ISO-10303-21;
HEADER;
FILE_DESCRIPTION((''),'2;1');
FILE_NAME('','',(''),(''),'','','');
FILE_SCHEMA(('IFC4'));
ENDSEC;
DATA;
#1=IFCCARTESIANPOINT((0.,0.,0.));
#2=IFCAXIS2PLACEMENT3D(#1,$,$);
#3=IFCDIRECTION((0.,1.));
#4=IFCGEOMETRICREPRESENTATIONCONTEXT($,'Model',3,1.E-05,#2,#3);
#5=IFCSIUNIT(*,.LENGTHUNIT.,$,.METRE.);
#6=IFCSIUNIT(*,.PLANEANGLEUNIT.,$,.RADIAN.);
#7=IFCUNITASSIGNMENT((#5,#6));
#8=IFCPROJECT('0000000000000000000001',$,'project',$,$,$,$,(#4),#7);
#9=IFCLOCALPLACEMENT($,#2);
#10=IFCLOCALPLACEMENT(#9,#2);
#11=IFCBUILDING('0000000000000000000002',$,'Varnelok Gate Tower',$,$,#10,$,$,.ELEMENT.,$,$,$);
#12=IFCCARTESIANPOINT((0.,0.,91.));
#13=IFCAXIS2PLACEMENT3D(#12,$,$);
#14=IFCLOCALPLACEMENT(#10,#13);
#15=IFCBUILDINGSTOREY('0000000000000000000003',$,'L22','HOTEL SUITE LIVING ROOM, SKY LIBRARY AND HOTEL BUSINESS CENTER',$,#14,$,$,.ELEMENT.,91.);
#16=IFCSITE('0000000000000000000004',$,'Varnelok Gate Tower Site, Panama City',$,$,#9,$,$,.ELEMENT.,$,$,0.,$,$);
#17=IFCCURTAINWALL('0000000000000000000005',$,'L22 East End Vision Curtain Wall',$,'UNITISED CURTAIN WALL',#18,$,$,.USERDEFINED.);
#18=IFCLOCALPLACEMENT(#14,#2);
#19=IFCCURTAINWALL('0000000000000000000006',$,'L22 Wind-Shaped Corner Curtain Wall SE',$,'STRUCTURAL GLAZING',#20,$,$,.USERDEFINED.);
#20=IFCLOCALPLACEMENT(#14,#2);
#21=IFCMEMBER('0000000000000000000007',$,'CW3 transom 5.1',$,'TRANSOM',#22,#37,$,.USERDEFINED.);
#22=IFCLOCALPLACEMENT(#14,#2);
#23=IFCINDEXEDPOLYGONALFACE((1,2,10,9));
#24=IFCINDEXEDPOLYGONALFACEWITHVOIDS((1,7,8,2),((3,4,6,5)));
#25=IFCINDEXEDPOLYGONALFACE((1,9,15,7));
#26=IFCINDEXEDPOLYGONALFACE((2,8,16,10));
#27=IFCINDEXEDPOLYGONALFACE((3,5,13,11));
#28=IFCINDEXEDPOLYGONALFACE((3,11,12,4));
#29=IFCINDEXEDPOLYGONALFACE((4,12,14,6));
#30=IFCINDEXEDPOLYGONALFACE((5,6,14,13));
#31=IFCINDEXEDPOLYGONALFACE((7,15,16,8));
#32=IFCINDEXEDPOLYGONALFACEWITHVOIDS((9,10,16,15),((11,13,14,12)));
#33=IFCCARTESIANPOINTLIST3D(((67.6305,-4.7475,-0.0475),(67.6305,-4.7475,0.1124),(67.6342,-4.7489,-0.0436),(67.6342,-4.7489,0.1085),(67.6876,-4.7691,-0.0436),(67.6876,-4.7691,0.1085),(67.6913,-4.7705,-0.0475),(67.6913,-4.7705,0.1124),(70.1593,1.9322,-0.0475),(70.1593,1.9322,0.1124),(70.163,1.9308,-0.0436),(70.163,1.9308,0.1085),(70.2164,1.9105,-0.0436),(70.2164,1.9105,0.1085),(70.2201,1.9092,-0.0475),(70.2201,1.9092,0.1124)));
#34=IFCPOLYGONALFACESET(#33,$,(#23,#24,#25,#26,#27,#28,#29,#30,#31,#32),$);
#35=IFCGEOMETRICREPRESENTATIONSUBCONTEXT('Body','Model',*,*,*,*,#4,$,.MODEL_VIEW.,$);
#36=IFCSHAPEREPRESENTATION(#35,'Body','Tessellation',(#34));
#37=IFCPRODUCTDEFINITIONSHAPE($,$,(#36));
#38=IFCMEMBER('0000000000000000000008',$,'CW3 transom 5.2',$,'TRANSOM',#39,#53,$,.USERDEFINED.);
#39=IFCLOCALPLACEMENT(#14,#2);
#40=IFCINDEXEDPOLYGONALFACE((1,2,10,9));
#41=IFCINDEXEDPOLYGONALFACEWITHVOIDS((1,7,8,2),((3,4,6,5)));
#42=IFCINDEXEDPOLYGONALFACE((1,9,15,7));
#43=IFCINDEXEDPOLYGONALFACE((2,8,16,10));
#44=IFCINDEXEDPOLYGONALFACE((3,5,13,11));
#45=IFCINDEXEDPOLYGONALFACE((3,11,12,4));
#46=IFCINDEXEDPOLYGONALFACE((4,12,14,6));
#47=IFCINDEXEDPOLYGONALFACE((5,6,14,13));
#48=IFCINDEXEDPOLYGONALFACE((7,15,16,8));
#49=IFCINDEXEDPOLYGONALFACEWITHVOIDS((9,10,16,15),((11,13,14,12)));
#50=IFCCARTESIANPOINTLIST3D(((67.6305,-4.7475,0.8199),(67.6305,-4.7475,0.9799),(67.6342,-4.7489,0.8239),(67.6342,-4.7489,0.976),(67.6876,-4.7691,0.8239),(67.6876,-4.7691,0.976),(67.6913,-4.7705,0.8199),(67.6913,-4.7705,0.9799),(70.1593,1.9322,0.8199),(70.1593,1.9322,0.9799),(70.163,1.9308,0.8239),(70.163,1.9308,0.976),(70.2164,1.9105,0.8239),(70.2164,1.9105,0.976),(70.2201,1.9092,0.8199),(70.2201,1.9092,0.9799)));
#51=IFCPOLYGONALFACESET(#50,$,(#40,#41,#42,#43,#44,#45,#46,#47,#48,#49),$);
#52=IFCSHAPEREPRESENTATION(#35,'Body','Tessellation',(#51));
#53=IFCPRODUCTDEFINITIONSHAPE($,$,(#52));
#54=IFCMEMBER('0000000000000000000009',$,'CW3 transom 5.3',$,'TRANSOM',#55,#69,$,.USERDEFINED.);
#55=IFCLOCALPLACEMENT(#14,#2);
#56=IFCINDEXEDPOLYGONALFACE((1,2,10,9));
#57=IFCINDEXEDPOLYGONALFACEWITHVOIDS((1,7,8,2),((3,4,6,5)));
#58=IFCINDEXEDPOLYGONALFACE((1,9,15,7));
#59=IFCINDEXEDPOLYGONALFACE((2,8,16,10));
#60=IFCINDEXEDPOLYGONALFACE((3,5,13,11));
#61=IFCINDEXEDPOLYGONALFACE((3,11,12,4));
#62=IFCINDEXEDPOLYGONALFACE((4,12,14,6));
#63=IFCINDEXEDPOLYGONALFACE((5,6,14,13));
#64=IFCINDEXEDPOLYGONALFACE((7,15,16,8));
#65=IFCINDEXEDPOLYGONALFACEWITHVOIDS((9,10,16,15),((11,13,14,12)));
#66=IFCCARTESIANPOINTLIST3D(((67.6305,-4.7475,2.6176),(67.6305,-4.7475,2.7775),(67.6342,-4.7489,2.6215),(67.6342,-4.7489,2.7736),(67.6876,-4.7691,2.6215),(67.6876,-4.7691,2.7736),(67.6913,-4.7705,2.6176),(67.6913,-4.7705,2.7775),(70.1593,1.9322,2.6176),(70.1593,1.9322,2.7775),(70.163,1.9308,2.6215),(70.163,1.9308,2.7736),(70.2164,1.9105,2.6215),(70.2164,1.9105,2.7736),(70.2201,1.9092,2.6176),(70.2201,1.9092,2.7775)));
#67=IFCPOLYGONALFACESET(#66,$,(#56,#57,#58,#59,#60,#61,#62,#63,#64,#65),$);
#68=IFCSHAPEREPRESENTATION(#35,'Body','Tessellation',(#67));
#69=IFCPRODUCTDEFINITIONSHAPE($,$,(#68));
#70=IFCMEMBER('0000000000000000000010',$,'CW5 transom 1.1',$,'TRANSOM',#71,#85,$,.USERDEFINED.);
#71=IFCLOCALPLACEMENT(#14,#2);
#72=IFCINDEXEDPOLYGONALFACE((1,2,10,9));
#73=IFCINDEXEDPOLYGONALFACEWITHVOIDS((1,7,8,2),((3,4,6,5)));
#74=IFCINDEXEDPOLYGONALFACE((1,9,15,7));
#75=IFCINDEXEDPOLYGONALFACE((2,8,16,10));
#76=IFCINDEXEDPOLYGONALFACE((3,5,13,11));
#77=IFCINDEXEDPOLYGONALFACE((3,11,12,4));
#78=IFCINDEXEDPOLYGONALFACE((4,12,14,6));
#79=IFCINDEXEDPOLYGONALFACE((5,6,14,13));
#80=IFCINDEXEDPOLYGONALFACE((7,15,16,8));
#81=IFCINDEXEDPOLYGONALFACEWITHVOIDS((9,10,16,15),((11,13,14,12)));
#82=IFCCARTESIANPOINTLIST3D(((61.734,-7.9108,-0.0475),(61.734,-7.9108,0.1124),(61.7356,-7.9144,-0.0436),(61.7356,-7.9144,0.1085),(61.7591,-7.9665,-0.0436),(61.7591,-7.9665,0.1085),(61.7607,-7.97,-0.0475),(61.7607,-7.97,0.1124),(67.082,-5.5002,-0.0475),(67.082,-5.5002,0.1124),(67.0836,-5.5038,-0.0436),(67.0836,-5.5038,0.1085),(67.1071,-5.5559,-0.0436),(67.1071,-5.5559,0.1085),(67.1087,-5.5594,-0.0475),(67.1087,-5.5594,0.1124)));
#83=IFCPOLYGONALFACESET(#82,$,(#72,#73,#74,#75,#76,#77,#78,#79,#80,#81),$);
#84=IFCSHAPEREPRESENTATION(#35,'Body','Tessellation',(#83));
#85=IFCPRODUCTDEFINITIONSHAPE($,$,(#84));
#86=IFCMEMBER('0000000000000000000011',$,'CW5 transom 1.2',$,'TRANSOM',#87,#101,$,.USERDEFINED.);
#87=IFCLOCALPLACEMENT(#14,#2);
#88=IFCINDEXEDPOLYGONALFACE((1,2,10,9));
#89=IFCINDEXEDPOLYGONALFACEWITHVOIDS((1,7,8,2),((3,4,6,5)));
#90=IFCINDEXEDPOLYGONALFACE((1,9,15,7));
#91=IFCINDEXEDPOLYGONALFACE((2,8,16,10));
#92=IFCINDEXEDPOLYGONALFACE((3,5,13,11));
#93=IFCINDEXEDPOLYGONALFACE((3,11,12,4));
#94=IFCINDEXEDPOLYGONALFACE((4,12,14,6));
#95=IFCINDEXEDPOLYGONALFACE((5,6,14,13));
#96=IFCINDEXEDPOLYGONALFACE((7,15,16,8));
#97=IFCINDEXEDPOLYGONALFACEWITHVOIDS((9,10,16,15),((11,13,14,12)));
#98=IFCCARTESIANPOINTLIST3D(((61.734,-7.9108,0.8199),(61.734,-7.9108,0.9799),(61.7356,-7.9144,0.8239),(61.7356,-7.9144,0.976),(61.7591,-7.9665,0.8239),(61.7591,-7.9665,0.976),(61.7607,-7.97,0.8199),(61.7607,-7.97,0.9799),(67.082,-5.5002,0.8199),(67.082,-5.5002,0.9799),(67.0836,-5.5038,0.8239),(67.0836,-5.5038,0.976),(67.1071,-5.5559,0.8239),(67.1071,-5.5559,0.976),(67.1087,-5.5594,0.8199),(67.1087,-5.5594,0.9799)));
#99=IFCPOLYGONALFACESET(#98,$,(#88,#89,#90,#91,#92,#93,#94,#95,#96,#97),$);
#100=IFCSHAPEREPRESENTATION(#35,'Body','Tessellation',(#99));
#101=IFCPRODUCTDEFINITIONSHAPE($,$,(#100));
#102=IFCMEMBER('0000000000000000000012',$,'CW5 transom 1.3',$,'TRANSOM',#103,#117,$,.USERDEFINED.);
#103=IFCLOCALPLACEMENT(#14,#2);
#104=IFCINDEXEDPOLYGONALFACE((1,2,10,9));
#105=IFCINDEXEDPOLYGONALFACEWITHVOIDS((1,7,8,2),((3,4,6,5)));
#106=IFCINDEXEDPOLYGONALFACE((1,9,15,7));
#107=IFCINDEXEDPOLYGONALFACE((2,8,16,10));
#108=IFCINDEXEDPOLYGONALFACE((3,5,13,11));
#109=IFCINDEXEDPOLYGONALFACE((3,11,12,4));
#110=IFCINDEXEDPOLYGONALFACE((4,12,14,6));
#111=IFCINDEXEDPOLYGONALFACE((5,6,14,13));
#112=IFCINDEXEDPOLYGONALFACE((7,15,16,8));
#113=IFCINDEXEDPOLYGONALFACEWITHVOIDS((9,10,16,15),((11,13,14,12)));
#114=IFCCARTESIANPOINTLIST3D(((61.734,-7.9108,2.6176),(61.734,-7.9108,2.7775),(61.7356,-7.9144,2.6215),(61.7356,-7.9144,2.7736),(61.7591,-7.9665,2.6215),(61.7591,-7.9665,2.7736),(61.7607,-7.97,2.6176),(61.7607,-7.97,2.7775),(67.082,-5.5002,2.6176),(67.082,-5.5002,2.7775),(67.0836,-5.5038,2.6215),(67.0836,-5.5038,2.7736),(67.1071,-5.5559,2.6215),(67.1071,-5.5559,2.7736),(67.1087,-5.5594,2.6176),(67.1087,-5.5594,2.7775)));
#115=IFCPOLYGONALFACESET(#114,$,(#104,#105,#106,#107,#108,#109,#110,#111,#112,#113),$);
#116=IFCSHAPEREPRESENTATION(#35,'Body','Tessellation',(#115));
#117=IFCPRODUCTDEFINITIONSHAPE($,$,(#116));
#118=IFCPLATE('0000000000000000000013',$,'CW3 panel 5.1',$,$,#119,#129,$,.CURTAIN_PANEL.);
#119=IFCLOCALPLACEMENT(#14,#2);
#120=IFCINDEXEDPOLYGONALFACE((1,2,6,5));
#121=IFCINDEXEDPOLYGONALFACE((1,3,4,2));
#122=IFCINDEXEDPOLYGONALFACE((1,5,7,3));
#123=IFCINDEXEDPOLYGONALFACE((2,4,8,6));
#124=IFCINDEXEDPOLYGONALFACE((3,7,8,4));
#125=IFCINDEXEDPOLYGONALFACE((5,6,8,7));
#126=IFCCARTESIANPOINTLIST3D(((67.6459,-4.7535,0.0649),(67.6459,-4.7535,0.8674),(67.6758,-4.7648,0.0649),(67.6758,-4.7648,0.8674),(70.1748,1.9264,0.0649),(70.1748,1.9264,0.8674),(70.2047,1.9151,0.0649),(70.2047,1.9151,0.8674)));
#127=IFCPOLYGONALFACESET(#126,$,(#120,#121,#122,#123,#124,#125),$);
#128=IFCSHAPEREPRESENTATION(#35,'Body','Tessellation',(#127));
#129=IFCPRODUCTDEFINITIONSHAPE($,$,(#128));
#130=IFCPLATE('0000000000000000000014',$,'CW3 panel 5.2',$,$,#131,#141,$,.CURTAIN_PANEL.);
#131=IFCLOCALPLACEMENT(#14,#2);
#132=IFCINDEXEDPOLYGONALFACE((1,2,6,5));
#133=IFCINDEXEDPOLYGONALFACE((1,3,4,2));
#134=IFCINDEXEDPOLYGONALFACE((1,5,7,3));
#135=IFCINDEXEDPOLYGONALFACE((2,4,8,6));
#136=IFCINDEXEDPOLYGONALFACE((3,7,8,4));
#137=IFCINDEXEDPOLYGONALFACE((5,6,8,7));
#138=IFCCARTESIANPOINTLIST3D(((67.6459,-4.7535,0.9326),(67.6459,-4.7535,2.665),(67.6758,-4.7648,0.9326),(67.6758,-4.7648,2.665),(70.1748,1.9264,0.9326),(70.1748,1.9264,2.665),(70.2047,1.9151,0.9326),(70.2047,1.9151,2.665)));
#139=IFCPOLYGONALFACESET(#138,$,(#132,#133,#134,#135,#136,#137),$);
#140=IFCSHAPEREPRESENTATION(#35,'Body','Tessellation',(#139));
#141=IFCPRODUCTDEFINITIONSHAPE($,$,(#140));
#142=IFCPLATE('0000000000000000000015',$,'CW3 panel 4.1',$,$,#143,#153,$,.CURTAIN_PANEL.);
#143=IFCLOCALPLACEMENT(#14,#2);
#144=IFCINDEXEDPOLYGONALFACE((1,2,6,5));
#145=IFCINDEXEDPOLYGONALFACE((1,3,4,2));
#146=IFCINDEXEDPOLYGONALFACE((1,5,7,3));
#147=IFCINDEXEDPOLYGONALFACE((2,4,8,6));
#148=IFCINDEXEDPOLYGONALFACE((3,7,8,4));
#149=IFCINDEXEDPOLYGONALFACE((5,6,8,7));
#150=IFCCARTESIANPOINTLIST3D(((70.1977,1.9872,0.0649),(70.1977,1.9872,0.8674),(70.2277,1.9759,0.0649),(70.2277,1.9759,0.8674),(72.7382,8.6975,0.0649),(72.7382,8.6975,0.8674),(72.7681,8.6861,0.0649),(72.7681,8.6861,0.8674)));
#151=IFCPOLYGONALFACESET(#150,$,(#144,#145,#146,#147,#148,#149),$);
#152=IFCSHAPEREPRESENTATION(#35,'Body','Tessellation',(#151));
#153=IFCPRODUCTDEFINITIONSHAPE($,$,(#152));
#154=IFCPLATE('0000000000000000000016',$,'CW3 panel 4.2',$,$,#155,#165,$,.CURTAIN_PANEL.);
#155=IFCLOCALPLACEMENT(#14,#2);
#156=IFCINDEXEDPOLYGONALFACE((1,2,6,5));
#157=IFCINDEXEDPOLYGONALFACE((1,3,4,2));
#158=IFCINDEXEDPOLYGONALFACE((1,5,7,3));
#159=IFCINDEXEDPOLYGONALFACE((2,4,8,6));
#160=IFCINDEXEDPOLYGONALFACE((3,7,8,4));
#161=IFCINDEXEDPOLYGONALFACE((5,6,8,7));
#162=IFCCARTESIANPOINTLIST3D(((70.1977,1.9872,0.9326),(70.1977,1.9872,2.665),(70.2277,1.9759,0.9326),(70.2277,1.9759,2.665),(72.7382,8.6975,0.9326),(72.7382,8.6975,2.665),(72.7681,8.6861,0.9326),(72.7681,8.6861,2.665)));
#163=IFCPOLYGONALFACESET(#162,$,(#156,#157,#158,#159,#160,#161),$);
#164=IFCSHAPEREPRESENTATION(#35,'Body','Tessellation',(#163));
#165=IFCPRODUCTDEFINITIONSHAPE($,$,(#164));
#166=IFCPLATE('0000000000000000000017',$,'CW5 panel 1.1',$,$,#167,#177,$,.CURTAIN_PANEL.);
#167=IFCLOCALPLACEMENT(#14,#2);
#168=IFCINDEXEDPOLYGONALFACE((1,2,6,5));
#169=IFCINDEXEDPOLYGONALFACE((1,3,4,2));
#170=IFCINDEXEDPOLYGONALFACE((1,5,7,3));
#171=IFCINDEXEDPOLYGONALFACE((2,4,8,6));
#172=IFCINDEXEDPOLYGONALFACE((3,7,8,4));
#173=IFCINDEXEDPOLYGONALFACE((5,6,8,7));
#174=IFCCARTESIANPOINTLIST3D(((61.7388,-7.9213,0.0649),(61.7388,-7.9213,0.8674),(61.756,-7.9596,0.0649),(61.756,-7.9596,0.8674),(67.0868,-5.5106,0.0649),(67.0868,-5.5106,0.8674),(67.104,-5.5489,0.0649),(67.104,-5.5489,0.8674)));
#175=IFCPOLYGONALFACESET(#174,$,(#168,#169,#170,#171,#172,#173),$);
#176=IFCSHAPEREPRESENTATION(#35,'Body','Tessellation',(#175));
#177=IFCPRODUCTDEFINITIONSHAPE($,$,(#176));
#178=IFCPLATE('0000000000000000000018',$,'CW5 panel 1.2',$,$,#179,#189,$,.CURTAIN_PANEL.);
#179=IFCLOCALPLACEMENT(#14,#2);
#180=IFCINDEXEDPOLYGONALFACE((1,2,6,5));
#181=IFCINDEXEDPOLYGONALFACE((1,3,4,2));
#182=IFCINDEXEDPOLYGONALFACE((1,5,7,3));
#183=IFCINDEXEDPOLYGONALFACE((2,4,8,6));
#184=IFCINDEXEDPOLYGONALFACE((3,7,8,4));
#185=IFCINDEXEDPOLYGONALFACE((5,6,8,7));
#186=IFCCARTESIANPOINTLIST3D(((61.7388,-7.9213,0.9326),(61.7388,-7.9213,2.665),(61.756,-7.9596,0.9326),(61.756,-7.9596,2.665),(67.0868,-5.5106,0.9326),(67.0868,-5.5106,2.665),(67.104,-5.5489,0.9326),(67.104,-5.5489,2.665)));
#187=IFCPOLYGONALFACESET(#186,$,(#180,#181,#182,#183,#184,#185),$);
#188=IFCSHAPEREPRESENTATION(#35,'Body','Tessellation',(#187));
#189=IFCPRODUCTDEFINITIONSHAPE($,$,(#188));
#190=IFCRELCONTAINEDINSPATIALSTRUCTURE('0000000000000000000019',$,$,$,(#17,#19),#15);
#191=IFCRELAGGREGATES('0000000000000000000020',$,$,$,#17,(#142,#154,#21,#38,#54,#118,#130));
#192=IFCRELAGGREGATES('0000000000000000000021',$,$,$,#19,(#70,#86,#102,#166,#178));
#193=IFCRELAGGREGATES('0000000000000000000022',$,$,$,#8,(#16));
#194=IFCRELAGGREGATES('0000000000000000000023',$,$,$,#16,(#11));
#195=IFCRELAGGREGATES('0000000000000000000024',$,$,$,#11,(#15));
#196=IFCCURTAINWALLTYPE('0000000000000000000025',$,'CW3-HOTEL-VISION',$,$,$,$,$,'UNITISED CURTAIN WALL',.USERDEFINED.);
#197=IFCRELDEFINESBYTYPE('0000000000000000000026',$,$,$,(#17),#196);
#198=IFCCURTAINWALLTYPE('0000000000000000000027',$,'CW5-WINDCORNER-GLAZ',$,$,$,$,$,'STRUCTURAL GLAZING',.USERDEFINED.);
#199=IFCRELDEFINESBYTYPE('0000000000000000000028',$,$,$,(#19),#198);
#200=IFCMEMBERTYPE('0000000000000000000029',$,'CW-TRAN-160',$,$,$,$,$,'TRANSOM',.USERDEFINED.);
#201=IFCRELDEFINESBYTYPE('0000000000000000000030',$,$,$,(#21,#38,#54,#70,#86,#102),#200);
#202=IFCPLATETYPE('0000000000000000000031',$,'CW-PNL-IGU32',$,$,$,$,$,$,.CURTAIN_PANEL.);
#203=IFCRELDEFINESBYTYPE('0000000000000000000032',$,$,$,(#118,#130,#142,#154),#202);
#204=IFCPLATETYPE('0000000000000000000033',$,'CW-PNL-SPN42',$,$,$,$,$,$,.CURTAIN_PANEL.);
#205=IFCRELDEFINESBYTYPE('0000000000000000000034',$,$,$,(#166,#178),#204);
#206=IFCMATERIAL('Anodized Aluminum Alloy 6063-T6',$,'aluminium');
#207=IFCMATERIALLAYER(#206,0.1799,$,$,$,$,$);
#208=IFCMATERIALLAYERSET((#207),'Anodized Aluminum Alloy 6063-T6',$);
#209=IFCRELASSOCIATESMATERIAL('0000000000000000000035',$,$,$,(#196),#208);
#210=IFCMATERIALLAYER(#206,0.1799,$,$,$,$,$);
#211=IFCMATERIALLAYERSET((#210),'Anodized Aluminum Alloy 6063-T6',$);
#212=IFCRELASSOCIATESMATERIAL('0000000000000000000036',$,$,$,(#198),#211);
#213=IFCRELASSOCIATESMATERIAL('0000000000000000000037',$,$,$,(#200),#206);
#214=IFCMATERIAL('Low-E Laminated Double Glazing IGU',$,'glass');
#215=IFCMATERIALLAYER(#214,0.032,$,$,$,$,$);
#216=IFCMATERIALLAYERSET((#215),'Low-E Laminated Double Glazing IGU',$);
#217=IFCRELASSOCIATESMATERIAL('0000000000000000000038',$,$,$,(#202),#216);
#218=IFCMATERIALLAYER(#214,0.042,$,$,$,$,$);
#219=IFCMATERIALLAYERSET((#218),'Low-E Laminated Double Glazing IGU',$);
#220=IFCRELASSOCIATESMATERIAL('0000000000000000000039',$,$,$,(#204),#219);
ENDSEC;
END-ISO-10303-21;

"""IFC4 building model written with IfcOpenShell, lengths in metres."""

from ifc_helpers import new_model, si_unit, direction, frame, origin, origin_2d, place, context, subcontext, project, spatial, rectangle, hollow_rectangle, extrude, source, transform, mapped, material, layer, layer_set, material_profile, profile_set, type_object, element, aggregate, save


model = new_model("IFC4")

# Units and contexts
model_context = context("Model", 3, precision=1e-05, world=origin(), true_north=direction((0.0, 1.0)))
body_context = subcontext(model_context, "Body", "Model", "MODEL_VIEW")
ifc_project = project(units=[si_unit("LENGTHUNIT", "METRE"), si_unit("PLANEANGLEUNIT", "RADIAN")], contexts=[model_context])

# Site, building, storey
site_placement = place(None, origin())
site = spatial("IfcSite", under=ifc_project, at=site_placement, Name="Varnelok Gate Tower Site, Panama City", CompositionType="ELEMENT", RefElevation=0.0)
building_placement = place(site_placement, origin())
building = spatial("IfcBuilding", under=site, at=building_placement, Name="Varnelok Gate Tower", CompositionType="ELEMENT")
storey_placement = place(building_placement, frame((0.0, 0.0, 91.0)))
storey = spatial("IfcBuildingStorey", under=building, at=storey_placement, Name="L22", Description="HOTEL SUITE LIVING ROOM, SKY LIBRARY AND HOTEL BUSINESS CENTER", CompositionType="ELEMENT", Elevation=91.0)

# Curtain wall
ifc_material_1 = material(Name="Anodized Aluminum Alloy 6063-T6", Category="aluminium")
ifc_layer_1 = layer(ifc_material_1, 0.1799)
ifc_layer_set_1 = layer_set([ifc_layer_1], Name="Anodized Aluminum Alloy 6063-T6")
curtain_wall_type_1 = type_object("IfcCurtainWallType", Name="CW3-HOTEL-VISION", ElementType="UNITISED CURTAIN WALL", PredefinedType="USERDEFINED", material=ifc_layer_set_1)
curtain_wall_1_placement = place(storey_placement, origin())
curtain_wall_1 = element("IfcCurtainWall", 1, at=curtain_wall_1_placement, inside=storey, type_object=curtain_wall_type_1, Name="L22 East End Vision Curtain Wall", ObjectType="UNITISED CURTAIN WALL", PredefinedType="USERDEFINED")

# Curtain wall
ifc_layer_2 = layer(ifc_material_1, 0.1799)
ifc_layer_set_2 = layer_set([ifc_layer_2], Name="Anodized Aluminum Alloy 6063-T6")
curtain_wall_type_2 = type_object("IfcCurtainWallType", Name="CW5-WINDCORNER-GLAZ", ElementType="STRUCTURAL GLAZING", PredefinedType="USERDEFINED", material=ifc_layer_set_2)
curtain_wall_2_placement = place(storey_placement, origin())
curtain_wall_2 = element("IfcCurtainWall", 2, at=curtain_wall_2_placement, inside=storey, type_object=curtain_wall_type_2, Name="L22 Wind-Shaped Corner Curtain Wall SE", ObjectType="STRUCTURAL GLAZING", PredefinedType="USERDEFINED")

# Members
ifc_material_profile_1 = material_profile(ifc_material_1, hollow_rectangle(XDim=0.0649, YDim=0.1599, WallThickness=0.0039, at=origin_2d()), Name="ALU160X65X4")
ifc_profile_set_1 = profile_set([ifc_material_profile_1], Name="Anodized Aluminum Alloy 6063-T6")
member_type_1 = type_object("IfcMemberType", Name="CW-TRAN-160", ElementType="TRANSOM", PredefinedType="USERDEFINED", material=ifc_profile_set_1)
member_1_placement = place(storey_placement, frame((70.1897, 1.9207, 0.0325), z_axis=(-0.354059, -0.935223, 0.0), x_axis=(0.935223, -0.354059, 0.0)))
member_1 = element("IfcMember", 3, at=member_1_placement, type_object=member_type_1, Name="CW3 transom 5.1", ObjectType="TRANSOM", PredefinedType="USERDEFINED", context=body_context, shape_type="SweptSolid", body=[
    extrude(hollow_rectangle(XDim=0.0649, YDim=0.1599, WallThickness=0.0039, at=origin_2d()), origin(), (0.0, 0.0, 1.0), 7.1423),
])
member_2_placement = place(storey_placement, frame((70.1897, 1.9207, 0.8999), z_axis=(-0.354059, -0.935223, 0.0), x_axis=(0.935223, -0.354059, 0.0)))
member_2 = element("IfcMember", 4, at=member_2_placement, type_object=member_type_1, Name="CW3 transom 5.2", ObjectType="TRANSOM", PredefinedType="USERDEFINED", context=body_context, shape_type="SweptSolid", body=[
    extrude(hollow_rectangle(XDim=0.0649, YDim=0.1599, WallThickness=0.0039, at=origin_2d()), origin(), (0.0, 0.0, 1.0), 7.1423),
])
member_3_placement = place(storey_placement, frame((70.1897, 1.9207, 2.6975), z_axis=(-0.354059, -0.935223, 0.0), x_axis=(0.935223, -0.354059, 0.0)))
member_3 = element("IfcMember", 5, at=member_3_placement, type_object=member_type_1, Name="CW3 transom 5.3", ObjectType="TRANSOM", PredefinedType="USERDEFINED", context=body_context, shape_type="SweptSolid", body=[
    extrude(hollow_rectangle(XDim=0.0649, YDim=0.1599, WallThickness=0.0039, at=origin_2d()), origin(), (0.0, 0.0, 1.0), 7.1423),
])
member_4_placement = place(storey_placement, frame((61.7473, -7.9404, 0.0325), z_axis=(0.911667, 0.410929, 0.0), x_axis=(-0.410929, 0.911667, 0.0)))
member_4 = element("IfcMember", 6, at=member_4_placement, type_object=member_type_1, Name="CW5 transom 1.1", ObjectType="TRANSOM", PredefinedType="USERDEFINED", context=body_context, shape_type="SweptSolid", body=[
    extrude(hollow_rectangle(XDim=0.0649, YDim=0.1599, WallThickness=0.0039, at=origin_2d()), origin(), (0.0, 0.0, 1.0), 5.8662),
])
member_5_placement = place(storey_placement, frame((61.7473, -7.9404, 0.8999), z_axis=(0.911667, 0.410929, 0.0), x_axis=(-0.410929, 0.911667, 0.0)))
member_5 = element("IfcMember", 7, at=member_5_placement, type_object=member_type_1, Name="CW5 transom 1.2", ObjectType="TRANSOM", PredefinedType="USERDEFINED", context=body_context, shape_type="SweptSolid", body=[
    extrude(hollow_rectangle(XDim=0.0649, YDim=0.1599, WallThickness=0.0039, at=origin_2d()), origin(), (0.0, 0.0, 1.0), 5.8662),
])
member_6_placement = place(storey_placement, frame((61.7473, -7.9404, 2.6975), z_axis=(0.911667, 0.410929, 0.0), x_axis=(-0.410929, 0.911667, 0.0)))
member_6 = element("IfcMember", 8, at=member_6_placement, type_object=member_type_1, Name="CW5 transom 1.3", ObjectType="TRANSOM", PredefinedType="USERDEFINED", context=body_context, shape_type="SweptSolid", body=[
    extrude(hollow_rectangle(XDim=0.0649, YDim=0.1599, WallThickness=0.0039, at=origin_2d()), origin(), (0.0, 0.0, 1.0), 5.8662),
])

# Plates
ifc_material_2 = material(Name="Low-E Laminated Double Glazing IGU", Category="glass")
ifc_layer_3 = layer(ifc_material_2, 0.032)
ifc_layer_set_3 = layer_set([ifc_layer_3], Name="Low-E Laminated Double Glazing IGU")
plate_type_1 = type_object("IfcPlateType", Name="CW-PNL-IGU32", PredefinedType="CURTAIN_PANEL", material=ifc_layer_set_3)
shared_shape_1 = source(origin(), body_context, "Body", "SweptSolid", [
    extrude(rectangle(XDim=7.1426, YDim=0.032, at=origin_2d()), origin(), (0.0, 0.0, 1.0), 0.8025),
])
plate_1_placement = place(storey_placement, frame((68.9253, -1.4192, 0.0649), z_axis=(0.0, 0.0, 1.0), x_axis=(-0.354064, -0.935221, 0.0)))
plate_1 = element("IfcPlate", 9, at=plate_1_placement, type_object=plate_type_1, Name="CW3 panel 5.1", PredefinedType="CURTAIN_PANEL", context=body_context, shape_type="MappedRepresentation", body=[
    mapped(shared_shape_1, transform((0.0, 0.0, 0.0), scale=1.0)),
])
shared_shape_2 = source(origin(), body_context, "Body", "SweptSolid", [
    extrude(rectangle(XDim=7.1426, YDim=0.032, at=origin_2d()), origin(), (0.0, 0.0, 1.0), 1.7324),
])
plate_2_placement = place(storey_placement, frame((68.9253, -1.4192, 0.9326), z_axis=(0.0, 0.0, 1.0), x_axis=(-0.354064, -0.935221, 0.0)))
plate_2 = element("IfcPlate", 10, at=plate_2_placement, type_object=plate_type_1, Name="CW3 panel 5.2", PredefinedType="CURTAIN_PANEL", context=body_context, shape_type="MappedRepresentation", body=[
    mapped(shared_shape_2, transform((0.0, 0.0, 0.0), scale=1.0)),
])
shared_shape_3 = source(origin(), body_context, "Body", "SweptSolid", [
    extrude(rectangle(XDim=7.175, YDim=0.032, at=origin_2d()), origin(), (0.0, 0.0, 1.0), 0.8025),
])
plate_3_placement = place(storey_placement, frame((71.4829, 5.3367, 0.0649), z_axis=(0.0, 0.0, 1.0), x_axis=(-0.354064, -0.935221, 0.0)))
plate_3 = element("IfcPlate", 11, at=plate_3_placement, type_object=plate_type_1, Name="CW3 panel 4.1", PredefinedType="CURTAIN_PANEL", context=body_context, shape_type="MappedRepresentation", body=[
    mapped(shared_shape_3, transform((0.0, 0.0, 0.0), scale=1.0)),
])
shared_shape_4 = source(origin(), body_context, "Body", "SweptSolid", [
    extrude(rectangle(XDim=7.175, YDim=0.032, at=origin_2d()), origin(), (0.0, 0.0, 1.0), 1.7324),
])
plate_4_placement = place(storey_placement, frame((71.4829, 5.3367, 0.9326), z_axis=(0.0, 0.0, 1.0), x_axis=(-0.354064, -0.935221, 0.0)))
plate_4 = element("IfcPlate", 12, at=plate_4_placement, type_object=plate_type_1, Name="CW3 panel 4.2", PredefinedType="CURTAIN_PANEL", context=body_context, shape_type="MappedRepresentation", body=[
    mapped(shared_shape_4, transform((0.0, 0.0, 0.0), scale=1.0)),
])
aggregate(curtain_wall_1, [plate_3, plate_4, member_1, member_2, member_3, plate_1, plate_2])
ifc_layer_4 = layer(ifc_material_2, 0.042)
ifc_layer_set_4 = layer_set([ifc_layer_4], Name="Low-E Laminated Double Glazing IGU")
plate_type_2 = type_object("IfcPlateType", Name="CW-PNL-SPN42", PredefinedType="CURTAIN_PANEL", material=ifc_layer_set_4)
shared_shape_5 = source(origin(), body_context, "Body", "SweptSolid", [
    extrude(rectangle(XDim=5.8662, YDim=0.042, at=origin_2d()), origin(), (0.0, 0.0, 1.0), 0.8025),
])
plate_5_placement = place(storey_placement, frame((64.4214, -6.7351, 0.0649), z_axis=(0.0, 0.0, 1.0), x_axis=(0.911661, 0.410944, 0.0)))
plate_5 = element("IfcPlate", 13, at=plate_5_placement, type_object=plate_type_2, Name="CW5 panel 1.1", PredefinedType="CURTAIN_PANEL", context=body_context, shape_type="MappedRepresentation", body=[
    mapped(shared_shape_5, transform((0.0, 0.0, 0.0), scale=1.0)),
])
shared_shape_6 = source(origin(), body_context, "Body", "SweptSolid", [
    extrude(rectangle(XDim=5.8662, YDim=0.042, at=origin_2d()), origin(), (0.0, 0.0, 1.0), 1.7324),
])
plate_6_placement = place(storey_placement, frame((64.4214, -6.7351, 0.9326), z_axis=(0.0, 0.0, 1.0), x_axis=(0.911661, 0.410944, 0.0)))
plate_6 = element("IfcPlate", 14, at=plate_6_placement, type_object=plate_type_2, Name="CW5 panel 1.2", PredefinedType="CURTAIN_PANEL", context=body_context, shape_type="MappedRepresentation", body=[
    mapped(shared_shape_6, transform((0.0, 0.0, 0.0), scale=1.0)),
])
aggregate(curtain_wall_2, [member_4, member_5, member_6, plate_5, plate_6])

save(model, "model.ifc")
